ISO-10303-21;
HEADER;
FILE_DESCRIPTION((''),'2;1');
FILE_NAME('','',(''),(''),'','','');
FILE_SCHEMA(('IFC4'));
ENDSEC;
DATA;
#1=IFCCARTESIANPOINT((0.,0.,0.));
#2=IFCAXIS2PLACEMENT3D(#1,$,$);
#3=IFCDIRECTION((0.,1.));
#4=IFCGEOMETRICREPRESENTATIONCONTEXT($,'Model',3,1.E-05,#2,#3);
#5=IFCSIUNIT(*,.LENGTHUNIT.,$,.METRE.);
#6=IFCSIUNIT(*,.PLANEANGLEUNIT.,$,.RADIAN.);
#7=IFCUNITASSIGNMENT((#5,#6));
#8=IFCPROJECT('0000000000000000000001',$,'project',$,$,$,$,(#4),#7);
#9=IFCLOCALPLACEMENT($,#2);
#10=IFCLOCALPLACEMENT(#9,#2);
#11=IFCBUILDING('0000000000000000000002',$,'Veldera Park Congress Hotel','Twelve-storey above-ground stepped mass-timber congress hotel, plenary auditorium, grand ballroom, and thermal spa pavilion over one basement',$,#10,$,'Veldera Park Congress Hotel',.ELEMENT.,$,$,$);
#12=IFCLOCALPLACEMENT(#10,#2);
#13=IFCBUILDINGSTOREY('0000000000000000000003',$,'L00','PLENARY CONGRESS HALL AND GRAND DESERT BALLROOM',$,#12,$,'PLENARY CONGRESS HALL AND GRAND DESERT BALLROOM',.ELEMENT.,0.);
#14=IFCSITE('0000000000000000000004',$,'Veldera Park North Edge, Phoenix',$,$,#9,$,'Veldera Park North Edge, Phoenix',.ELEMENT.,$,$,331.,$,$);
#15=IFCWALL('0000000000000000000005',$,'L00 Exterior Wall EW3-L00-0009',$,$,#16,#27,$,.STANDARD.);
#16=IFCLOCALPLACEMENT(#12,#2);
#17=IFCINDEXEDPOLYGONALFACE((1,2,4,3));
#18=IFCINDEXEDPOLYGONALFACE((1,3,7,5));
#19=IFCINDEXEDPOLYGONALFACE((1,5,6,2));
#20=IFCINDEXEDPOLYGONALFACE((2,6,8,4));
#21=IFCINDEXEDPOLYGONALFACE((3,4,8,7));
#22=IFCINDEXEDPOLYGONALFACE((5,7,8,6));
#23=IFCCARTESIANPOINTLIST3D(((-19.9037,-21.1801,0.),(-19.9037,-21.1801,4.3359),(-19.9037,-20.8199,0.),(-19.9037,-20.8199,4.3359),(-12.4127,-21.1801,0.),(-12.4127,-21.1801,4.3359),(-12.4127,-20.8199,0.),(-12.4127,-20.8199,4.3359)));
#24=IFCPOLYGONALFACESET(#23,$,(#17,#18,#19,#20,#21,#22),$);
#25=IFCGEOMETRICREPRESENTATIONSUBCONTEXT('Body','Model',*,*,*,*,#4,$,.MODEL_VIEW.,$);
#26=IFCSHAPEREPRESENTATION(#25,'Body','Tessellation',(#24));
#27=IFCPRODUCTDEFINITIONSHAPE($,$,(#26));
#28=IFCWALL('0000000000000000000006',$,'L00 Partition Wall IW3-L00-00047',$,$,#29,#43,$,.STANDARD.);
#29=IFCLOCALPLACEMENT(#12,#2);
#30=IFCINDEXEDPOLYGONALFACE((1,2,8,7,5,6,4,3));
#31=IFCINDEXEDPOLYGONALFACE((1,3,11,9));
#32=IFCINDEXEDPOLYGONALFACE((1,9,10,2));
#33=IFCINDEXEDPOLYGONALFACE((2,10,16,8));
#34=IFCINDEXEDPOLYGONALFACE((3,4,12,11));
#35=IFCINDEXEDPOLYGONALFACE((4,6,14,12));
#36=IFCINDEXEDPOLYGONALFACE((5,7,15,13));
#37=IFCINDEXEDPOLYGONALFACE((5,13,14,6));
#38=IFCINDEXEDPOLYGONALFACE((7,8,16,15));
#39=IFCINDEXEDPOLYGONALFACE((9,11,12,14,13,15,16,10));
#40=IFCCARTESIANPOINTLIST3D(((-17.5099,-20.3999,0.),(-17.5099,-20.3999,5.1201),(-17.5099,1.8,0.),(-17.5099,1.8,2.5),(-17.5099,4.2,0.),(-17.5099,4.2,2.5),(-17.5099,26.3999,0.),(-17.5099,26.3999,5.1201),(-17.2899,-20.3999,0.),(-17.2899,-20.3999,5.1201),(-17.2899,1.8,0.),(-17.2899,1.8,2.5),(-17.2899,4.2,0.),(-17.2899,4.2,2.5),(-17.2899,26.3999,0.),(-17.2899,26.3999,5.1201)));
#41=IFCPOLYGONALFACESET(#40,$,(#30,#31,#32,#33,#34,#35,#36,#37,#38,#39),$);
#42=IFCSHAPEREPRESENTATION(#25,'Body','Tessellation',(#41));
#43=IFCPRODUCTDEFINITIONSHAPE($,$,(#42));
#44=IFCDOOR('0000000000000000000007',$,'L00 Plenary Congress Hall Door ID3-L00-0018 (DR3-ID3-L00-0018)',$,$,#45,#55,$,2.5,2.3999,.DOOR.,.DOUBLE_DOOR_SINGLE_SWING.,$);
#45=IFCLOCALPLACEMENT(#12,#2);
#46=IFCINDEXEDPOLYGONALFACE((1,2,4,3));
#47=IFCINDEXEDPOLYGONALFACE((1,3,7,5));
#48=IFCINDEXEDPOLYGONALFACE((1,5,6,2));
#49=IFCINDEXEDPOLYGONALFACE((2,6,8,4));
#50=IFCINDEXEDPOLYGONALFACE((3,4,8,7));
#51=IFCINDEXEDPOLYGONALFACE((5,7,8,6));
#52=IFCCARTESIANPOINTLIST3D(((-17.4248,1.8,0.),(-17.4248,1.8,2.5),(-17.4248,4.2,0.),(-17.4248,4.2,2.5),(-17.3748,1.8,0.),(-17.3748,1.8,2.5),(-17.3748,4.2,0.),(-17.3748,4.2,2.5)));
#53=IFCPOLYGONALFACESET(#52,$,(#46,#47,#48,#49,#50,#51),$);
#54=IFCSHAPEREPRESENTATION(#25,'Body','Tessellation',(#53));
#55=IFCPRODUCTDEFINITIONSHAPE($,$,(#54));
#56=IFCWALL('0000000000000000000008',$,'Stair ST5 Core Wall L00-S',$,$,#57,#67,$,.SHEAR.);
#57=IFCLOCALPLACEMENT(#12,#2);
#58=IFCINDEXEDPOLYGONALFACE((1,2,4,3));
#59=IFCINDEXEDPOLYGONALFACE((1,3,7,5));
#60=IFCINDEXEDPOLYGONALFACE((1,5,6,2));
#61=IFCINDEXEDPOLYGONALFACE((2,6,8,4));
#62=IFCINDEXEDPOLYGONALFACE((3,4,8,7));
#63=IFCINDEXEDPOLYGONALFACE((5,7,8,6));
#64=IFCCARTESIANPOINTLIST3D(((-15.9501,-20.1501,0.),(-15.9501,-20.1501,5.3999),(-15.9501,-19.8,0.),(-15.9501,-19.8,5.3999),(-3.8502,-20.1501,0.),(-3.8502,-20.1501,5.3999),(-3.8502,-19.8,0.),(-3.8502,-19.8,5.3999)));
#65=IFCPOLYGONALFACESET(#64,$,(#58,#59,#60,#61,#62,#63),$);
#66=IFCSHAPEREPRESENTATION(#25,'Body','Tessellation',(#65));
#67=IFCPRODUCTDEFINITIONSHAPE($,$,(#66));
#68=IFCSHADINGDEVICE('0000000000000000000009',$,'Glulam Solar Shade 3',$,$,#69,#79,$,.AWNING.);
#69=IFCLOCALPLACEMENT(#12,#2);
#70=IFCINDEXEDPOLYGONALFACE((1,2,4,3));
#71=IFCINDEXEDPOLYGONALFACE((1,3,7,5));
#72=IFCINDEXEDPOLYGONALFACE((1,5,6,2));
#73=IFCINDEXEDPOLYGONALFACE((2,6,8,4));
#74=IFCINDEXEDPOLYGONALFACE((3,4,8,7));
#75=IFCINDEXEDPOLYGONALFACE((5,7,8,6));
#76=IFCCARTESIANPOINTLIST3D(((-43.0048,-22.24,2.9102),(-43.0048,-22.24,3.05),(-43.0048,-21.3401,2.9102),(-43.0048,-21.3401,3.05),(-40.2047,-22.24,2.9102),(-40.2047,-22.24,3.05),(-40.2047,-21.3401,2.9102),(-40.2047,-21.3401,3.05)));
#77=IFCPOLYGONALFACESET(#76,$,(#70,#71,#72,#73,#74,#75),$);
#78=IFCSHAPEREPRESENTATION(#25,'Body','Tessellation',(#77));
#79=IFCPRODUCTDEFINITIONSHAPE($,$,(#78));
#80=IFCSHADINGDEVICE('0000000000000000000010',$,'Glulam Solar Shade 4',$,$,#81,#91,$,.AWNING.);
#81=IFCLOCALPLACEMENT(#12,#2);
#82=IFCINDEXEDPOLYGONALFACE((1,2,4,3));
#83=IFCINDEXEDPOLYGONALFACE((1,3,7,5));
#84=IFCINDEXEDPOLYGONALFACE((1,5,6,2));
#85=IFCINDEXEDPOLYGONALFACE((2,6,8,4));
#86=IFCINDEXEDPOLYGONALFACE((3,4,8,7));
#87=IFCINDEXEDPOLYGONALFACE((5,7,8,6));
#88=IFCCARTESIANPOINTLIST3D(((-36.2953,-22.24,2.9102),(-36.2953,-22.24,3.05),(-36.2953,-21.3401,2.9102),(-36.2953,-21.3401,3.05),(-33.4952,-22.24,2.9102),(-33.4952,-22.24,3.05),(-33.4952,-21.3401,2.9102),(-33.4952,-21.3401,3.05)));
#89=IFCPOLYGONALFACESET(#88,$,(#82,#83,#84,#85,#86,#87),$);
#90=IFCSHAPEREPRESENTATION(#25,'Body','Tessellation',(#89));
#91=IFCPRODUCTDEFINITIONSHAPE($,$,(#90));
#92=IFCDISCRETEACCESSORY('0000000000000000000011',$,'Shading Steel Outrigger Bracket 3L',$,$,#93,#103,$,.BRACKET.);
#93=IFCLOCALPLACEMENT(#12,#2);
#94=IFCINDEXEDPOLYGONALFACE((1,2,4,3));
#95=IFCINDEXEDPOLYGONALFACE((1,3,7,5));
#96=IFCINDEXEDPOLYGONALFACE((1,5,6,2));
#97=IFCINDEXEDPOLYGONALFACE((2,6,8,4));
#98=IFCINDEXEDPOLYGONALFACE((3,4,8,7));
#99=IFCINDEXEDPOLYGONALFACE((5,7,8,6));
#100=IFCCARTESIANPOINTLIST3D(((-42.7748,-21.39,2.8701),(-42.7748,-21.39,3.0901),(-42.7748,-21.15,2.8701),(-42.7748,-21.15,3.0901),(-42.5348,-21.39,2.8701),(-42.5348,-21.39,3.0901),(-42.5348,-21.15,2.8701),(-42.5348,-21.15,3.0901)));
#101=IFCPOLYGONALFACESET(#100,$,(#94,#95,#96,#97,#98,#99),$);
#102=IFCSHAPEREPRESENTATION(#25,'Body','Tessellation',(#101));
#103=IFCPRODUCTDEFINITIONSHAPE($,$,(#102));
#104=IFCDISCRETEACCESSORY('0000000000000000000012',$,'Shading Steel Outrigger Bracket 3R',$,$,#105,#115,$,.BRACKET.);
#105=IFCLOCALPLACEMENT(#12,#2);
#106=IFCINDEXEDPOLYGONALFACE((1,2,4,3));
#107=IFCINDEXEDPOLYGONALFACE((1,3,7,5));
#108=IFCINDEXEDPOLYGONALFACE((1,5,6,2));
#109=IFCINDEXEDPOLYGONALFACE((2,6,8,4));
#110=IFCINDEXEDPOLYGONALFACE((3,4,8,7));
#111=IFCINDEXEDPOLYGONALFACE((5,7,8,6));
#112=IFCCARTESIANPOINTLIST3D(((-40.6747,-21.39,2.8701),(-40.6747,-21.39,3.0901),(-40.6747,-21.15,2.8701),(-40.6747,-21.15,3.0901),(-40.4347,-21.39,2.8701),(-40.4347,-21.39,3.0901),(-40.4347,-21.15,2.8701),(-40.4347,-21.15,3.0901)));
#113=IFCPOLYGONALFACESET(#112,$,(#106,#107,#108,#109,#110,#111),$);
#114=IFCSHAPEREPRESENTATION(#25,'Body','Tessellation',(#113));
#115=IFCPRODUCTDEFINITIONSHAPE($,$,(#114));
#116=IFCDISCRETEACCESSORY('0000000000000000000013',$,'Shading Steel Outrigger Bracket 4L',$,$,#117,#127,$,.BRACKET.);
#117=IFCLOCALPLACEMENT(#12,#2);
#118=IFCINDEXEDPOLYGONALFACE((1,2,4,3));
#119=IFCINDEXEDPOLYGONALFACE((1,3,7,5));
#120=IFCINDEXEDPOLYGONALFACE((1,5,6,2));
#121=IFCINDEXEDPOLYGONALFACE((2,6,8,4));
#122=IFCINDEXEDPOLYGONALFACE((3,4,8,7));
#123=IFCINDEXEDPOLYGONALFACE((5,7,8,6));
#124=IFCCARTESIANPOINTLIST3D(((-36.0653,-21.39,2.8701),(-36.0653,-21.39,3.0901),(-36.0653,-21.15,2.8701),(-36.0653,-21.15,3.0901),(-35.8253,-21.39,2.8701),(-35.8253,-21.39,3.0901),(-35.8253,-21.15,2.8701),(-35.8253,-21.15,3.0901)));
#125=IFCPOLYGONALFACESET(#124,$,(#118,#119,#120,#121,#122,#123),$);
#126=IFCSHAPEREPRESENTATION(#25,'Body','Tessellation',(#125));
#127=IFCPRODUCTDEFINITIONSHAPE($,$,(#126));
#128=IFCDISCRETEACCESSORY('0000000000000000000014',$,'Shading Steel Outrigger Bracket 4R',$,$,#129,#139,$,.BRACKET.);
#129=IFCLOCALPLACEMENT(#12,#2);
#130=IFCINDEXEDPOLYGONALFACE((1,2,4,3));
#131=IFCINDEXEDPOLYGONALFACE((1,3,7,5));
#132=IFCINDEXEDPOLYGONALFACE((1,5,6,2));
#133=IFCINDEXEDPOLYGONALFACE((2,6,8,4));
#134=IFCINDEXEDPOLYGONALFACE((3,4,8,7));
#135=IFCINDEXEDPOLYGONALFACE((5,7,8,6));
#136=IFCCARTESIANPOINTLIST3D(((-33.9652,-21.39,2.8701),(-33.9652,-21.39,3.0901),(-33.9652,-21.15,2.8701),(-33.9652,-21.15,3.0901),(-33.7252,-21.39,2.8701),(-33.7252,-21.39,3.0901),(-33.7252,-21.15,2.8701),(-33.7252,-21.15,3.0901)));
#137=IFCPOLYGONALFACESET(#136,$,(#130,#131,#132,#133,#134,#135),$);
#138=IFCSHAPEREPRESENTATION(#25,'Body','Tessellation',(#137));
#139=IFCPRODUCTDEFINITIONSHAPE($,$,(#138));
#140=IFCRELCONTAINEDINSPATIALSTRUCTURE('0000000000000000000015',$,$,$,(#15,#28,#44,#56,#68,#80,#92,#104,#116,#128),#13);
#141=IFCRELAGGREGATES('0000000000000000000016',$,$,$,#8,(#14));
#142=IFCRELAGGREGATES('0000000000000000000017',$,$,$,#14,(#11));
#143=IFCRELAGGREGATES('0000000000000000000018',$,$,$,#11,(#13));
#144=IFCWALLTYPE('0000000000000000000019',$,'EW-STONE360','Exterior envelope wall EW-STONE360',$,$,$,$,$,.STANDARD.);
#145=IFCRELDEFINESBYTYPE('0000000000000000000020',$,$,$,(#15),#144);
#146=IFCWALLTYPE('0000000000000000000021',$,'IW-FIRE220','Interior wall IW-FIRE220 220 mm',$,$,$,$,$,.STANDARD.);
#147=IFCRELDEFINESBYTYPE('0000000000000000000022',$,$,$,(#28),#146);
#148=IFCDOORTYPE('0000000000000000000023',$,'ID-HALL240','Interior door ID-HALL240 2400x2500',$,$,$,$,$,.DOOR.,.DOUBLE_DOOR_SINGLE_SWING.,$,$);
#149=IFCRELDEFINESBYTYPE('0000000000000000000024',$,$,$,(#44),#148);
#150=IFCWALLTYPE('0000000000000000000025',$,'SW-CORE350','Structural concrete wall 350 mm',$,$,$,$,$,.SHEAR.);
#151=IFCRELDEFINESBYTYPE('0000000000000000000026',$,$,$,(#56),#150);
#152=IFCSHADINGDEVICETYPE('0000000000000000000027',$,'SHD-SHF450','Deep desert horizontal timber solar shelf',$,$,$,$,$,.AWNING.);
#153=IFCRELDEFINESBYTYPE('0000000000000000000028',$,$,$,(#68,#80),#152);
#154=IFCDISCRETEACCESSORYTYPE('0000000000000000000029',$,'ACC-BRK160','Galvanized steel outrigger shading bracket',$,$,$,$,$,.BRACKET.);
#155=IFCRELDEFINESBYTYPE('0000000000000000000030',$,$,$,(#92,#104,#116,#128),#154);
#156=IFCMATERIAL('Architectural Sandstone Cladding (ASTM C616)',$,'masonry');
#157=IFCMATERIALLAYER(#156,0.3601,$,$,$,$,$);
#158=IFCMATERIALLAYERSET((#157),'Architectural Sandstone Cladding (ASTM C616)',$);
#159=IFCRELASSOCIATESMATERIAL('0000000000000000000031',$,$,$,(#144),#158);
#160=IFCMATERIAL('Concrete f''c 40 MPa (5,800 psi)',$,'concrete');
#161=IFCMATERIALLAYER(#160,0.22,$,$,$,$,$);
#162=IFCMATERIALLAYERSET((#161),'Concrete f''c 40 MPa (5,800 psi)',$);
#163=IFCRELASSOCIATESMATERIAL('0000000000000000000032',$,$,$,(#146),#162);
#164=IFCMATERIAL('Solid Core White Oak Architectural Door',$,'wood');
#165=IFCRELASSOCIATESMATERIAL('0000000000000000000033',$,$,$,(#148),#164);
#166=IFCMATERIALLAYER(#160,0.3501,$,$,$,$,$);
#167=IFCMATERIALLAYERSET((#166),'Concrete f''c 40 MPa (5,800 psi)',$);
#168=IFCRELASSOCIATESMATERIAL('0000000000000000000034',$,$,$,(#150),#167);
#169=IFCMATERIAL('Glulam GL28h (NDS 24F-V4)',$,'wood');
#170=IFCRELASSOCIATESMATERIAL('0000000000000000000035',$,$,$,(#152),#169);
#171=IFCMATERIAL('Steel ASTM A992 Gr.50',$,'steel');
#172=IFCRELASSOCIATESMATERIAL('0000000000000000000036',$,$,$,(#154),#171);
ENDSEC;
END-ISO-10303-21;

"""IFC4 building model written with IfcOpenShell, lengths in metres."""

from ifc_helpers import new_model, si_unit, direction, frame, frame_2d, origin, origin_2d, place, context, subcontext, project, spatial, rectangle, extrude, material, layer, layer_set, type_object, element, fill, save


model = new_model("IFC4")

# Units and contexts
model_context = context("Model", 3, precision=1e-05, world=origin(), true_north=direction((0.0, 1.0)))
body_context = subcontext(model_context, "Body", "Model", "MODEL_VIEW")
ifc_project = project(units=[si_unit("LENGTHUNIT", "METRE"), si_unit("PLANEANGLEUNIT", "RADIAN")], contexts=[model_context])

# Site, building, storey
site_placement = place(None, origin())
site = spatial("IfcSite", under=ifc_project, at=site_placement, Name="Veldera Park North Edge, Phoenix", LongName="Veldera Park North Edge, Phoenix", CompositionType="ELEMENT", RefElevation=331.0)
building_placement = place(site_placement, origin())
building = spatial("IfcBuilding", under=site, at=building_placement, Name="Veldera Park Congress Hotel", Description="Twelve-storey above-ground stepped mass-timber congress hotel, plenary auditorium, grand ballroom, and thermal spa pavilion over one basement", LongName="Veldera Park Congress Hotel", CompositionType="ELEMENT")
storey_placement = place(building_placement, origin())
storey = spatial("IfcBuildingStorey", under=building, at=storey_placement, Name="L00", Description="PLENARY CONGRESS HALL AND GRAND DESERT BALLROOM", LongName="PLENARY CONGRESS HALL AND GRAND DESERT BALLROOM", CompositionType="ELEMENT", Elevation=0.0)

# Shared definitions
ifc_material_1 = material(Name="Steel ASTM A992 Gr.50", Category="steel")

# Shared definitions
ifc_material_2 = material(Name="Architectural Sandstone Cladding (ASTM C616)", Category="masonry")
ifc_layer_1 = layer(ifc_material_2, 0.3601)
ifc_layer_set_1 = layer_set([ifc_layer_1], Name="Architectural Sandstone Cladding (ASTM C616)")
wall_type_1 = type_object("IfcWallType", Name="EW-STONE360", Description="Exterior envelope wall EW-STONE360", PredefinedType="STANDARD", material=ifc_layer_set_1)

# Wall
wall_1_placement = place(storey_placement, frame((-19.9038, -21.0, 0.0), z_axis=(0.0, 0.0, 1.0), x_axis=(1.0, 0.0, 0.0)))
element("IfcWall", 1, at=wall_1_placement, inside=storey, type_object=wall_type_1, Name="L00 Exterior Wall EW3-L00-0009", PredefinedType="STANDARD", context=body_context, shape_type="SweptSolid", body=[
    extrude(rectangle(XDim=7.491, YDim=0.3601, at=frame_2d((3.7456, 0.0))), origin(), (0.0, 0.0, 1.0), 4.3359),
])

# Wall, opening, door
ifc_material_3 = material(Name="Concrete f'c 40 MPa (5,800 psi)", Category="concrete")
ifc_layer_2 = layer(ifc_material_3, 0.22)
ifc_layer_set_2 = layer_set([ifc_layer_2], Name="Concrete f'c 40 MPa (5,800 psi)")
wall_type_2 = type_object("IfcWallType", Name="IW-FIRE220", Description="Interior wall IW-FIRE220 220 mm", PredefinedType="STANDARD", material=ifc_layer_set_2)
wall_2_placement = place(storey_placement, frame((-17.3999, -20.3999, 0.0), z_axis=(0.0, 0.0, 1.0), x_axis=(0.0, 1.0, 0.0)))
wall_2 = element("IfcWall", 2, at=wall_2_placement, inside=storey, type_object=wall_type_2, Name="L00 Partition Wall IW3-L00-00047", PredefinedType="STANDARD", context=body_context, shape_type="SweptSolid", body=[
    extrude(rectangle(XDim=46.7998, YDim=0.22, at=frame_2d((23.3999, 0.0))), origin(), (0.0, 0.0, 1.0), 5.1201),
])
opening_1_placement = place(wall_2_placement, frame((22.2, 0.0, 0.0)))
opening_1 = element("IfcOpeningElement", 3, at=opening_1_placement, cuts=wall_2, PredefinedType="OPENING", context=body_context, shape_type="SweptSolid", body=[
    extrude(rectangle(XDim=2.3999, YDim=2.5, at=frame_2d((1.2, 1.25))), frame((0.0, 0.1221, 0.0), z_axis=(0.0, -1.0, 0.0), x_axis=(1.0, 0.0, 0.0)), (0.0, 0.0, 1.0), 0.2439),
])
ifc_material_4 = material(Name="Solid Core White Oak Architectural Door", Category="wood")
door_type_1 = type_object("IfcDoorType", Name="ID-HALL240", Description="Interior door ID-HALL240 2400x2500", OperationType="DOUBLE_DOOR_SINGLE_SWING", PredefinedType="DOOR", material=ifc_material_4)
door_1_placement = place(opening_1_placement, origin())
door_1 = element("IfcDoor", 4, at=door_1_placement, inside=storey, type_object=door_type_1, Name="L00 Plenary Congress Hall Door ID3-L00-0018 (DR3-ID3-L00-0018)", OperationType="DOUBLE_DOOR_SINGLE_SWING", OverallHeight=2.5, OverallWidth=2.3999, PredefinedType="DOOR", context=body_context, shape_type="SweptSolid", body=[
    extrude(rectangle(XDim=2.3999, YDim=2.5, at=frame_2d((1.2, 1.25))), frame((0.0, 0.0249, 0.0), z_axis=(0.0, -1.0, 0.0), x_axis=(1.0, 0.0, 0.0)), (0.0, 0.0, 1.0), 0.05),
])
fill(opening_1, door_1)

# Wall
ifc_layer_3 = layer(ifc_material_3, 0.3501)
ifc_layer_set_3 = layer_set([ifc_layer_3], Name="Concrete f'c 40 MPa (5,800 psi)")
wall_type_3 = type_object("IfcWallType", Name="SW-CORE350", Description="Structural concrete wall 350 mm", PredefinedType="SHEAR", material=ifc_layer_set_3)
wall_3_placement = place(storey_placement, frame((-15.95, -19.9751, 0.0), z_axis=(0.0, 0.0, 1.0), x_axis=(1.0, 0.0, 0.0)))
element("IfcWall", 5, at=wall_3_placement, inside=storey, type_object=wall_type_3, Name="Stair ST5 Core Wall L00-S", PredefinedType="SHEAR", context=body_context, shape_type="SweptSolid", body=[
    extrude(rectangle(XDim=12.0999, YDim=0.3501, at=frame_2d((6.0498, 0.0))), origin(), (0.0, 0.0, 1.0), 5.3999),
])

# Shading devices
ifc_material_5 = material(Name="Glulam GL28h (NDS 24F-V4)", Category="wood")
shading_device_type = type_object("IfcShadingDeviceType", Name="SHD-SHF450", Description="Deep desert horizontal timber solar shelf", PredefinedType="AWNING", material=ifc_material_5)
for number, where, z_axis, x_axis, name in (
    (6, (-41.6047, -21.79, 2.9102), (0.0, 0.0, 1.0), (1.0, 0.0, 0.0), "Glulam Solar Shade 3"),
    (7, (-34.8953, -21.79, 2.9102), (0.0, 0.0, 1.0), (1.0, 0.0, 0.0), "Glulam Solar Shade 4"),
):
    element("IfcShadingDevice", number, at=place(storey_placement, frame(where, z_axis=z_axis, x_axis=x_axis)), inside=storey, type_object=shading_device_type, Name=name, PredefinedType="AWNING", context=body_context, shape_type="SweptSolid", body=[
        extrude(rectangle(XDim=2.8, YDim=0.8999, at=origin_2d()), origin(), (0.0, 0.0, 1.0), 0.1399),
    ])

# Discrete accessories
discrete_accessory_type = type_object("IfcDiscreteAccessoryType", Name="ACC-BRK160", Description="Galvanized steel outrigger shading bracket", PredefinedType="BRACKET", material=ifc_material_1)
for number, where, z_axis, x_axis, name in (
    (8, (-42.6548, -21.27, 2.8701), (0.0, 0.0, 1.0), (1.0, 0.0, 0.0), "Shading Steel Outrigger Bracket 3L"),
    (9, (-40.5547, -21.27, 2.8701), (0.0, 0.0, 1.0), (1.0, 0.0, 0.0), "Shading Steel Outrigger Bracket 3R"),
    (10, (-35.9453, -21.27, 2.8701), (0.0, 0.0, 1.0), (1.0, 0.0, 0.0), "Shading Steel Outrigger Bracket 4L"),
    (11, (-33.8452, -21.27, 2.8701), (0.0, 0.0, 1.0), (1.0, 0.0, 0.0), "Shading Steel Outrigger Bracket 4R"),
):
    element("IfcDiscreteAccessory", number, at=place(storey_placement, frame(where, z_axis=z_axis, x_axis=x_axis)), inside=storey, type_object=discrete_accessory_type, Name=name, PredefinedType="BRACKET", context=body_context, shape_type="SweptSolid", body=[
        extrude(rectangle(XDim=0.24, YDim=0.24, at=origin_2d()), origin(), (0.0, 0.0, 1.0), 0.22),
    ])

save(model, "model.ifc")
